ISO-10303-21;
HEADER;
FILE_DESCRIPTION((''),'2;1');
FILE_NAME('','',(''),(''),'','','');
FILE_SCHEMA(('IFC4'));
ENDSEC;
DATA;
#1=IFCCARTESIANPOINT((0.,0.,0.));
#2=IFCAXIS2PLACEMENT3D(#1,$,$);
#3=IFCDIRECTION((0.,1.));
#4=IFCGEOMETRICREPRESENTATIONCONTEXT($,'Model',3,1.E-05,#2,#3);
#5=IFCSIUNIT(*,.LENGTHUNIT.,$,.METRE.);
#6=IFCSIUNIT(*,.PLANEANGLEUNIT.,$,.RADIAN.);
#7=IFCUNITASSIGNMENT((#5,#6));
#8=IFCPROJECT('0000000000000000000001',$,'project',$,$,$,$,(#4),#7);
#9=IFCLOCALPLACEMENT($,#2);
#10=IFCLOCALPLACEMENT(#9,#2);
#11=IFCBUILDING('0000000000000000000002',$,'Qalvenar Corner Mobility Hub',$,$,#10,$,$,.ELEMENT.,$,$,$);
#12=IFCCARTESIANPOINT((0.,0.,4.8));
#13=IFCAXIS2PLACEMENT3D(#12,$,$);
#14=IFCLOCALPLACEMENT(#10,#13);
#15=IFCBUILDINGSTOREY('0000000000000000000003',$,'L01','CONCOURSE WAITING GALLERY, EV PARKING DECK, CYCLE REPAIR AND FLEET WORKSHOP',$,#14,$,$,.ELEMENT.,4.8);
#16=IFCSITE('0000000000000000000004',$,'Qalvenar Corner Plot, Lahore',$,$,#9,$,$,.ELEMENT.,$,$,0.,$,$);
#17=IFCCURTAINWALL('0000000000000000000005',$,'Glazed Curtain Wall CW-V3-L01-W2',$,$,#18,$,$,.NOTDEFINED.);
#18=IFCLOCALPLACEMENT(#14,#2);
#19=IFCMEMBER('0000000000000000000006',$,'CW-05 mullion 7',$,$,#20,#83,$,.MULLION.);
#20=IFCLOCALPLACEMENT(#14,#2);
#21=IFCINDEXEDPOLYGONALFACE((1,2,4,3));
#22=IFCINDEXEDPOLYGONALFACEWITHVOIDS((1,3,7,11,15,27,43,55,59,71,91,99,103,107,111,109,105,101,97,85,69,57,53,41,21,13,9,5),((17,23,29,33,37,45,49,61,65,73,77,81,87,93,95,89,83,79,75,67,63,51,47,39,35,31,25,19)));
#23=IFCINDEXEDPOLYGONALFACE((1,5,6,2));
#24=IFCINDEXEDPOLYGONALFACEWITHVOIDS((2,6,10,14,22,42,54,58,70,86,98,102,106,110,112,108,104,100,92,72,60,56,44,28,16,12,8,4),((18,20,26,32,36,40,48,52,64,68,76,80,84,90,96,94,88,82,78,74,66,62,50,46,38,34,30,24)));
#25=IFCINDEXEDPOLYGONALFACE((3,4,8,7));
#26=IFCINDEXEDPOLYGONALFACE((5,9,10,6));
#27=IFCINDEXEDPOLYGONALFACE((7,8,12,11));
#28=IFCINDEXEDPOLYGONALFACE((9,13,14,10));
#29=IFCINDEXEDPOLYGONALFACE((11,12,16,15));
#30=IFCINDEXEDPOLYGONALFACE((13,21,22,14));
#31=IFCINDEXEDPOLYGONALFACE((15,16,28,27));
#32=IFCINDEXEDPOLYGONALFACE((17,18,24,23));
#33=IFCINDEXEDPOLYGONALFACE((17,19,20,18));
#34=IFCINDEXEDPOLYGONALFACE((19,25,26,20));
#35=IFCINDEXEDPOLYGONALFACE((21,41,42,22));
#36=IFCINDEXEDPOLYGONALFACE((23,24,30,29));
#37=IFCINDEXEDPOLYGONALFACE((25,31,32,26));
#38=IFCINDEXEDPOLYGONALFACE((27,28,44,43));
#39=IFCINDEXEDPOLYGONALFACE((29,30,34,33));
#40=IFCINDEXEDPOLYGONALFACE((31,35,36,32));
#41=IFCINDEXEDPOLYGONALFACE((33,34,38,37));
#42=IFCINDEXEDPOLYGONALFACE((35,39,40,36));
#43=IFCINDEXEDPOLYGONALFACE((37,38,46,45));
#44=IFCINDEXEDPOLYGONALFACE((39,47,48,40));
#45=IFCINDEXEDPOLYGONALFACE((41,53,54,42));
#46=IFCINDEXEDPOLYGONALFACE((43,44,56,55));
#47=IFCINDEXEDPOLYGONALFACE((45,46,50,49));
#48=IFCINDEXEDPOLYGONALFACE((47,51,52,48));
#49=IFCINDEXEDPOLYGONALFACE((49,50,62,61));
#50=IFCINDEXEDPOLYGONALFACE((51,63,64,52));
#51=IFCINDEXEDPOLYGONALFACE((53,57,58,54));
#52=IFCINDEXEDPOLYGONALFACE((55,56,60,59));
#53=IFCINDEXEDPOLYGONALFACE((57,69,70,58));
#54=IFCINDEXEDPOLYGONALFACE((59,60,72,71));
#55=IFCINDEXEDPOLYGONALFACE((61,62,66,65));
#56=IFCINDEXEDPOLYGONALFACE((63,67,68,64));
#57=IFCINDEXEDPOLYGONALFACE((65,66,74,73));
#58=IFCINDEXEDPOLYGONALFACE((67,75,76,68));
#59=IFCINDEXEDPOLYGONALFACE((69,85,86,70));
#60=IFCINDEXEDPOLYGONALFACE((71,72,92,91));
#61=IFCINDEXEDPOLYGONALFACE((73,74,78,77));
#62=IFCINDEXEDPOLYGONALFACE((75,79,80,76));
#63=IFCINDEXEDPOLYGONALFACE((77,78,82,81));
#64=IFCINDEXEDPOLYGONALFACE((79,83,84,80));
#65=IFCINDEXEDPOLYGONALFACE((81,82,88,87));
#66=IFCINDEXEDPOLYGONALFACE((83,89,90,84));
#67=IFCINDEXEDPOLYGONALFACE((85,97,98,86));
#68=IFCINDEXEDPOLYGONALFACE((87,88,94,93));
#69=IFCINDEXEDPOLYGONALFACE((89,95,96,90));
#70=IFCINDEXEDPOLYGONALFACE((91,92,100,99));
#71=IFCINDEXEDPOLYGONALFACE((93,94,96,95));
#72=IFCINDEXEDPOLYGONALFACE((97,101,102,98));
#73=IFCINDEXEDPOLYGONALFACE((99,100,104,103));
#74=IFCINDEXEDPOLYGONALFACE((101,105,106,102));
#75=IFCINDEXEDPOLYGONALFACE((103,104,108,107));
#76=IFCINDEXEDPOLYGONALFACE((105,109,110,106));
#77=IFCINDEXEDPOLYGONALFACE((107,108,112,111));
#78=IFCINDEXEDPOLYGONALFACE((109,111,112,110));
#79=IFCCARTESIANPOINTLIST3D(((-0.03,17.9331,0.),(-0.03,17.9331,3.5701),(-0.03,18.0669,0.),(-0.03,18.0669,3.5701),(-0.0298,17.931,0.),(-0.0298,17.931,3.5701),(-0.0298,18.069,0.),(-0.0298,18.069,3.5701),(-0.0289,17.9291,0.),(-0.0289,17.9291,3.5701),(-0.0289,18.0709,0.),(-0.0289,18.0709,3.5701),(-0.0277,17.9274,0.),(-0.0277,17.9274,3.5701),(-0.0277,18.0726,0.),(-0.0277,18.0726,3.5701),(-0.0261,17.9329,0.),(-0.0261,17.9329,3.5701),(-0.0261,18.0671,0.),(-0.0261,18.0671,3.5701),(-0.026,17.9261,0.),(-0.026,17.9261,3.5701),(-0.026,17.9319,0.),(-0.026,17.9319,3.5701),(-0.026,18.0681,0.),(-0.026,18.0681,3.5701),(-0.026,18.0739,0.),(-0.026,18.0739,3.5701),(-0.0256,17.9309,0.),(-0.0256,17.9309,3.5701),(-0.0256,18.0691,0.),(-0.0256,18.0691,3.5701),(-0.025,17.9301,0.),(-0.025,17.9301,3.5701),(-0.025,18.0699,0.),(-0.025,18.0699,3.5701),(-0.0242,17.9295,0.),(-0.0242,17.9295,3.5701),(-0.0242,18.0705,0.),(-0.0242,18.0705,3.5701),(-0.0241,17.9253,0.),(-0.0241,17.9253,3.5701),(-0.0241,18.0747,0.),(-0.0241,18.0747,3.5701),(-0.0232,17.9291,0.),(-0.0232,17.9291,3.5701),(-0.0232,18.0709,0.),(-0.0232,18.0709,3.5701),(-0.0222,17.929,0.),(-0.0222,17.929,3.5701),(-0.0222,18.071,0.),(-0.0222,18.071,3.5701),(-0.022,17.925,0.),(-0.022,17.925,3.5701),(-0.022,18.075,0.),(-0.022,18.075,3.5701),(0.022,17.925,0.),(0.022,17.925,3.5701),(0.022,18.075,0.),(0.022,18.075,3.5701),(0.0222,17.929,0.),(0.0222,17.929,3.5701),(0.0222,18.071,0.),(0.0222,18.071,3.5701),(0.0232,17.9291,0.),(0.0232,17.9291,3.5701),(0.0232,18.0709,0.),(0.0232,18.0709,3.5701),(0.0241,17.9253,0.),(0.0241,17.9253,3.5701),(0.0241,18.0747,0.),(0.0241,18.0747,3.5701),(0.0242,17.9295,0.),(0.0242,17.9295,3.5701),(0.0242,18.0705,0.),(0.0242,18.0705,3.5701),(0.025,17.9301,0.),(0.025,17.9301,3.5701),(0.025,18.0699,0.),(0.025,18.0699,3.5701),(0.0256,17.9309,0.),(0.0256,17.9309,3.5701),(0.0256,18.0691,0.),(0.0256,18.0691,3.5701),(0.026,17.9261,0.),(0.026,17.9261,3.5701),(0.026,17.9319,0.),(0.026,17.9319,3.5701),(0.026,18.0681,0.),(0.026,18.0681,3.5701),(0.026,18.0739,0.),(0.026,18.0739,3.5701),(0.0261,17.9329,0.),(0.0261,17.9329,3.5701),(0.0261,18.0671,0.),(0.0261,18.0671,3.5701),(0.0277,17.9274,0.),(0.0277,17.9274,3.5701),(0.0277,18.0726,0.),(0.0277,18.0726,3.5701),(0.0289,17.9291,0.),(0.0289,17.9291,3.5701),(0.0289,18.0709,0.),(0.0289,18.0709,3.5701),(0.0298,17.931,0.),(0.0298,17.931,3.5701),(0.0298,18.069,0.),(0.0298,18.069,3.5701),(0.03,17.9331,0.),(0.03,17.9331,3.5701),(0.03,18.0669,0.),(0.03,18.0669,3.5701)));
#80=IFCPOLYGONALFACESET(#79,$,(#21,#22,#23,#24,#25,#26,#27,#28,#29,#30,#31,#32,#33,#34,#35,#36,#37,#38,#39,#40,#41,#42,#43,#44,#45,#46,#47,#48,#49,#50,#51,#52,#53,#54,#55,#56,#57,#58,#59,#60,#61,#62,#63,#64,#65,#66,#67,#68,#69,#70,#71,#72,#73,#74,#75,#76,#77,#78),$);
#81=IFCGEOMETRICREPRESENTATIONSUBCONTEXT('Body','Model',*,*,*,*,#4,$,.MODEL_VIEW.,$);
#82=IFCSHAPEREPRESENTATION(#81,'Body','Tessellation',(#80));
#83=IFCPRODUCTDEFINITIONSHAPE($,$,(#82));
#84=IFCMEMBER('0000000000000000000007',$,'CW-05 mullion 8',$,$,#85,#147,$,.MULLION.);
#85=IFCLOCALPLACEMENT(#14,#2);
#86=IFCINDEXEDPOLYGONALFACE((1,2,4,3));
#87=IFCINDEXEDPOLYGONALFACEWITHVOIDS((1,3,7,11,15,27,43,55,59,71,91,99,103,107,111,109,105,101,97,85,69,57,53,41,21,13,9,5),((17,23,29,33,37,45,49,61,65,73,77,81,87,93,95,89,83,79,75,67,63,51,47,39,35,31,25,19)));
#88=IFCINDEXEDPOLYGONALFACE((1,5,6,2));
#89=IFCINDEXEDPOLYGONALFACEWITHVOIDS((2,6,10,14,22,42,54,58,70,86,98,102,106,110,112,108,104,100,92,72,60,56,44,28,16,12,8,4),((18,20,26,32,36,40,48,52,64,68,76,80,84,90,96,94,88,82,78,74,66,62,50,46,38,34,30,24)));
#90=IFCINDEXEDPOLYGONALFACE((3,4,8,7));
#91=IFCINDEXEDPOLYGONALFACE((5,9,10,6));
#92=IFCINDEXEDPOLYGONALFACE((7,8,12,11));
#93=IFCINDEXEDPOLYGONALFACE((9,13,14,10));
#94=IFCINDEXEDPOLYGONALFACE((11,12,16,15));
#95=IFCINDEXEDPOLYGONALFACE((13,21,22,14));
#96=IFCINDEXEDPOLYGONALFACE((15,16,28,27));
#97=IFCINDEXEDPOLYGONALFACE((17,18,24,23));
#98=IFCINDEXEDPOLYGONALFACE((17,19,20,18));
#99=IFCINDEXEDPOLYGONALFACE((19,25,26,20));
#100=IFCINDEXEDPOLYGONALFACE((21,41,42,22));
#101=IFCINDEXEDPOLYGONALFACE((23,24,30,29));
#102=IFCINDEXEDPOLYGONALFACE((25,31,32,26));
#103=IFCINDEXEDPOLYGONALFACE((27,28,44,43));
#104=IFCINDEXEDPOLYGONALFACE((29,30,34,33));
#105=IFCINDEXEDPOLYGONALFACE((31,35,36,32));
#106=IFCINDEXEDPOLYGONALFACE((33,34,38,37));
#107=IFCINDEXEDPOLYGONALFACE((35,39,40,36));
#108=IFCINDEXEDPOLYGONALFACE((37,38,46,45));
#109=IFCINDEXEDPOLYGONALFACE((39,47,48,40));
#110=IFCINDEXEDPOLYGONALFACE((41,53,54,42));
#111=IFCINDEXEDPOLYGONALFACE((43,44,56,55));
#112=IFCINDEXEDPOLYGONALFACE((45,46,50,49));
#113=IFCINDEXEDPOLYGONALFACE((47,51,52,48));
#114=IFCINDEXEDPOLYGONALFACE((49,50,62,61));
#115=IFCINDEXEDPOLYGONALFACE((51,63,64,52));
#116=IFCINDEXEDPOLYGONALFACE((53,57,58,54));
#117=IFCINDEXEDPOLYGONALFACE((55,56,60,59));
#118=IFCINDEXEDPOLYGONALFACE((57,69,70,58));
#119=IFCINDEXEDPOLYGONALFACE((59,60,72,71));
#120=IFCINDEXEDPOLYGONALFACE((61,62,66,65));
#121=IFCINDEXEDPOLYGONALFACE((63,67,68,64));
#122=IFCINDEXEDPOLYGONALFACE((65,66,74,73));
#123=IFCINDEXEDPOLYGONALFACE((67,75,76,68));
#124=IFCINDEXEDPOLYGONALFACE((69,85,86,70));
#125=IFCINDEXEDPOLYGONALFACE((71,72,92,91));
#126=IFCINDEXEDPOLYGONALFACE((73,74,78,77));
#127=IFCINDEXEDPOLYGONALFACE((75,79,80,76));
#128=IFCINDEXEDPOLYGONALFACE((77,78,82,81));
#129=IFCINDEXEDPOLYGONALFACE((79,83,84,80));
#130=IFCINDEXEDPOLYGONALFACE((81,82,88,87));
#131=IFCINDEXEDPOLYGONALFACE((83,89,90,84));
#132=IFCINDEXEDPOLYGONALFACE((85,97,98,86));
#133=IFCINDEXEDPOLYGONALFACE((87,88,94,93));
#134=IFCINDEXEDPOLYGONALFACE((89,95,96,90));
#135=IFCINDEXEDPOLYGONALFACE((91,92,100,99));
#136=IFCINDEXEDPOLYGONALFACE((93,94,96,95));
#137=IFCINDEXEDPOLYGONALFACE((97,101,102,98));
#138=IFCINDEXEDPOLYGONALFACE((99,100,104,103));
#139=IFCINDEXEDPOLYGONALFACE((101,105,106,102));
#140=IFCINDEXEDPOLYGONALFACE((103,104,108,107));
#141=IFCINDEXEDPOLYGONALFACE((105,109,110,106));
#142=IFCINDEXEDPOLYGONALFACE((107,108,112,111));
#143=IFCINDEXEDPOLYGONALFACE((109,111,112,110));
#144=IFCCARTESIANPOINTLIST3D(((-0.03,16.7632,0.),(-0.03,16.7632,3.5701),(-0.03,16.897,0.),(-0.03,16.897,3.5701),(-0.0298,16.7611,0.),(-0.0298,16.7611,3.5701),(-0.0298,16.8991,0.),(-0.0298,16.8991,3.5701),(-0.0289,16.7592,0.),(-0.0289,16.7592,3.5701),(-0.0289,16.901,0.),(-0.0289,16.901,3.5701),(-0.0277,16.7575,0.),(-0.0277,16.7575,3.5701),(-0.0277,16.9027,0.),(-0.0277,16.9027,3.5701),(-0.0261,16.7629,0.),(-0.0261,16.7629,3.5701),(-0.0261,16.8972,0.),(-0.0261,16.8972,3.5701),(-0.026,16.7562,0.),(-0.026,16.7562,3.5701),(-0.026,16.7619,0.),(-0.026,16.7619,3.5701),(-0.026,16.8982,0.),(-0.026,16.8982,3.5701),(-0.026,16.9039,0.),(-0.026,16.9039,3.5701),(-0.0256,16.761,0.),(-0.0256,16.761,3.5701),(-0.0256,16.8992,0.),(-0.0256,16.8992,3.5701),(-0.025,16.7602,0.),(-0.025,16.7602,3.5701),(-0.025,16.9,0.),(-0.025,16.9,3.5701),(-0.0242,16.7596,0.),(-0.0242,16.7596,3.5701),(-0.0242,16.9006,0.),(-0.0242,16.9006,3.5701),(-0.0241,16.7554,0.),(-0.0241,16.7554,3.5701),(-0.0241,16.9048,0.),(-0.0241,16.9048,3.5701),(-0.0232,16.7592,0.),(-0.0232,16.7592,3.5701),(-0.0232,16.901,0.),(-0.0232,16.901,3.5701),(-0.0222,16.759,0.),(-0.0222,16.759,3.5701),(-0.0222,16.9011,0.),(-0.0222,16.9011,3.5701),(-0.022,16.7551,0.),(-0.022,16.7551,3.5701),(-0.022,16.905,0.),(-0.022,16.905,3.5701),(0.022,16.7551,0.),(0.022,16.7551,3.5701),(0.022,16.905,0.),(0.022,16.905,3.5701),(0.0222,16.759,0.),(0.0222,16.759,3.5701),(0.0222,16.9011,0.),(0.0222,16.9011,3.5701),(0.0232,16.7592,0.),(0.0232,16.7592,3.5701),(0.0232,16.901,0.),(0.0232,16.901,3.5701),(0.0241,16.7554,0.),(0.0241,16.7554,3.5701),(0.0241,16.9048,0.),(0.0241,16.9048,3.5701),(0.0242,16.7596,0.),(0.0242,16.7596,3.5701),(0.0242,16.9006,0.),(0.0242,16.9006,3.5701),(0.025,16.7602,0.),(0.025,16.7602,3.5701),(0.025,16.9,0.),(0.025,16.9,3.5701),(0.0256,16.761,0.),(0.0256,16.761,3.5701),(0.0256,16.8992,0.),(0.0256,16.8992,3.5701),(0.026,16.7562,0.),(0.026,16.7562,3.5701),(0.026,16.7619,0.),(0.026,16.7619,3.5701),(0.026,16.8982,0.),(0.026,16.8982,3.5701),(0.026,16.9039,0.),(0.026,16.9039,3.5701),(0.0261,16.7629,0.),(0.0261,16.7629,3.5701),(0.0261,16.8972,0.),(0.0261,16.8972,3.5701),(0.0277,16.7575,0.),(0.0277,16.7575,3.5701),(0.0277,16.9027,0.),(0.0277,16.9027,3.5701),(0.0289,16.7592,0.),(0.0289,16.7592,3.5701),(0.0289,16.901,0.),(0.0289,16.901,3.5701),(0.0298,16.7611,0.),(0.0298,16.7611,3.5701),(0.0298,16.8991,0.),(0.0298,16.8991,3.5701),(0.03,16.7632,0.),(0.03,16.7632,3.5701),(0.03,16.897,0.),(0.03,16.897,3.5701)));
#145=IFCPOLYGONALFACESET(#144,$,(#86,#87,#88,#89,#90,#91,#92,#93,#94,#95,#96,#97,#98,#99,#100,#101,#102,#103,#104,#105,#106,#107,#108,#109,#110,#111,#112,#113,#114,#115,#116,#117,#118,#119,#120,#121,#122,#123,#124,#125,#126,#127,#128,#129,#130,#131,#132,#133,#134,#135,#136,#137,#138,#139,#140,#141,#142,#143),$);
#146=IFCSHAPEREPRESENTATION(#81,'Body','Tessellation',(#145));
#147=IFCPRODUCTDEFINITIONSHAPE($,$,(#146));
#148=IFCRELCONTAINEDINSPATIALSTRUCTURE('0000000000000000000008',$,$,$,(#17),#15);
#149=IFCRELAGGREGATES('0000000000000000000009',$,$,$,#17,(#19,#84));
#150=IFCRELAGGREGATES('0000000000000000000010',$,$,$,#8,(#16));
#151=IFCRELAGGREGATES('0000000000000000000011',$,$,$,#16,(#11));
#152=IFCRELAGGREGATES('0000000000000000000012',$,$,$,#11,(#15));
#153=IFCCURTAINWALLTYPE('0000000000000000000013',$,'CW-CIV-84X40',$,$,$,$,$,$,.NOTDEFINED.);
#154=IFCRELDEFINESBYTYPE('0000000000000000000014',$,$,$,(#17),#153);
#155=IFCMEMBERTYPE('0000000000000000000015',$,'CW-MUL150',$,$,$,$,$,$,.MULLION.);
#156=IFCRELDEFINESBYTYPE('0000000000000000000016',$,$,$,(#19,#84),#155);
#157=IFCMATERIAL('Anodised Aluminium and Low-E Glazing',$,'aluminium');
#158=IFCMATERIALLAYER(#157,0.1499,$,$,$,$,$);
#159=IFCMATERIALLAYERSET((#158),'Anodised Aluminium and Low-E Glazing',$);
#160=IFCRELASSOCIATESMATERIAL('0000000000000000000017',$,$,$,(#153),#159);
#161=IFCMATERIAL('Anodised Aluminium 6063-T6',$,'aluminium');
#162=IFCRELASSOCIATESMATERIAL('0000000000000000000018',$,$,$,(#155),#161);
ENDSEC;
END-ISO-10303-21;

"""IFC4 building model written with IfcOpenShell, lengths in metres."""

from ifc_helpers import new_model, si_unit, direction, frame, origin, origin_2d, place, context, subcontext, project, spatial, hollow_rectangle, extrude, material, layer, layer_set, material_profile, profile_set, type_object, element, aggregate, save


model = new_model("IFC4")

# Units and contexts
model_context = context("Model", 3, precision=1e-05, world=origin(), true_north=direction((0.0, 1.0)))
body_context = subcontext(model_context, "Body", "Model", "MODEL_VIEW")
ifc_project = project(units=[si_unit("LENGTHUNIT", "METRE"), si_unit("PLANEANGLEUNIT", "RADIAN")], contexts=[model_context])

# Site, building, storey
site_placement = place(None, origin())
site = spatial("IfcSite", under=ifc_project, at=site_placement, Name="Qalvenar Corner Plot, Lahore", CompositionType="ELEMENT", RefElevation=0.0)
building_placement = place(site_placement, origin())
building = spatial("IfcBuilding", under=site, at=building_placement, Name="Qalvenar Corner Mobility Hub", CompositionType="ELEMENT")
storey_placement = place(building_placement, frame((0.0, 0.0, 4.8)))
storey = spatial("IfcBuildingStorey", under=building, at=storey_placement, Name="L01", Description="CONCOURSE WAITING GALLERY, EV PARKING DECK, CYCLE REPAIR AND FLEET WORKSHOP", CompositionType="ELEMENT", Elevation=4.8)

# Curtain wall, members
ifc_material_1 = material(Name="Anodised Aluminium and Low-E Glazing", Category="aluminium")
ifc_layer_1 = layer(ifc_material_1, 0.1499)
ifc_layer_set_1 = layer_set([ifc_layer_1], Name="Anodised Aluminium and Low-E Glazing")
curtain_wall_type = type_object("IfcCurtainWallType", Name="CW-CIV-84X40", PredefinedType="NOTDEFINED", material=ifc_layer_set_1)
curtain_wall_placement = place(storey_placement, origin())
curtain_wall = element("IfcCurtainWall", 1, at=curtain_wall_placement, inside=storey, type_object=curtain_wall_type, Name="Glazed Curtain Wall CW-V3-L01-W2", PredefinedType="NOTDEFINED")
ifc_material_2 = material(Name="Anodised Aluminium 6063-T6", Category="aluminium")
ifc_material_profile_1 = material_profile(ifc_material_2, hollow_rectangle(XDim=0.0601, YDim=0.1499, WallThickness=0.0039, InnerFilletRadius=0.0039, OuterFilletRadius=0.0081, at=origin_2d()), Name="RHS150x60x4")
ifc_profile_set_1 = profile_set([ifc_material_profile_1], Name="Anodised Aluminium 6063-T6")
member_type_1 = type_object("IfcMemberType", Name="CW-MUL150", PredefinedType="MULLION", material=ifc_profile_set_1)
member_1_placement = place(storey_placement, frame((0.0, 18.0, 0.0), z_axis=(0.0, 0.0, 1.0), x_axis=(1.0, 0.0, 0.0)))
member_1 = element("IfcMember", 2, at=member_1_placement, type_object=member_type_1, Name="CW-05 mullion 7", PredefinedType="MULLION", context=body_context, shape_type="SweptSolid", body=[
    extrude(hollow_rectangle(XDim=0.0601, YDim=0.1499, WallThickness=0.0039, InnerFilletRadius=0.0039, OuterFilletRadius=0.0081, at=origin_2d()), origin(), (0.0, 0.0, 1.0), 3.5701),
])
member_2_placement = place(storey_placement, frame((0.0, 16.8301, 0.0), z_axis=(0.0, 0.0, 1.0), x_axis=(1.0, 0.0, 0.0)))
member_2 = element("IfcMember", 3, at=member_2_placement, type_object=member_type_1, Name="CW-05 mullion 8", PredefinedType="MULLION", context=body_context, shape_type="SweptSolid", body=[
    extrude(hollow_rectangle(XDim=0.0601, YDim=0.1499, WallThickness=0.0039, InnerFilletRadius=0.0039, OuterFilletRadius=0.0081, at=origin_2d()), origin(), (0.0, 0.0, 1.0), 3.5701),
])
aggregate(curtain_wall, [member_1, member_2])

save(model, "model.ifc")
